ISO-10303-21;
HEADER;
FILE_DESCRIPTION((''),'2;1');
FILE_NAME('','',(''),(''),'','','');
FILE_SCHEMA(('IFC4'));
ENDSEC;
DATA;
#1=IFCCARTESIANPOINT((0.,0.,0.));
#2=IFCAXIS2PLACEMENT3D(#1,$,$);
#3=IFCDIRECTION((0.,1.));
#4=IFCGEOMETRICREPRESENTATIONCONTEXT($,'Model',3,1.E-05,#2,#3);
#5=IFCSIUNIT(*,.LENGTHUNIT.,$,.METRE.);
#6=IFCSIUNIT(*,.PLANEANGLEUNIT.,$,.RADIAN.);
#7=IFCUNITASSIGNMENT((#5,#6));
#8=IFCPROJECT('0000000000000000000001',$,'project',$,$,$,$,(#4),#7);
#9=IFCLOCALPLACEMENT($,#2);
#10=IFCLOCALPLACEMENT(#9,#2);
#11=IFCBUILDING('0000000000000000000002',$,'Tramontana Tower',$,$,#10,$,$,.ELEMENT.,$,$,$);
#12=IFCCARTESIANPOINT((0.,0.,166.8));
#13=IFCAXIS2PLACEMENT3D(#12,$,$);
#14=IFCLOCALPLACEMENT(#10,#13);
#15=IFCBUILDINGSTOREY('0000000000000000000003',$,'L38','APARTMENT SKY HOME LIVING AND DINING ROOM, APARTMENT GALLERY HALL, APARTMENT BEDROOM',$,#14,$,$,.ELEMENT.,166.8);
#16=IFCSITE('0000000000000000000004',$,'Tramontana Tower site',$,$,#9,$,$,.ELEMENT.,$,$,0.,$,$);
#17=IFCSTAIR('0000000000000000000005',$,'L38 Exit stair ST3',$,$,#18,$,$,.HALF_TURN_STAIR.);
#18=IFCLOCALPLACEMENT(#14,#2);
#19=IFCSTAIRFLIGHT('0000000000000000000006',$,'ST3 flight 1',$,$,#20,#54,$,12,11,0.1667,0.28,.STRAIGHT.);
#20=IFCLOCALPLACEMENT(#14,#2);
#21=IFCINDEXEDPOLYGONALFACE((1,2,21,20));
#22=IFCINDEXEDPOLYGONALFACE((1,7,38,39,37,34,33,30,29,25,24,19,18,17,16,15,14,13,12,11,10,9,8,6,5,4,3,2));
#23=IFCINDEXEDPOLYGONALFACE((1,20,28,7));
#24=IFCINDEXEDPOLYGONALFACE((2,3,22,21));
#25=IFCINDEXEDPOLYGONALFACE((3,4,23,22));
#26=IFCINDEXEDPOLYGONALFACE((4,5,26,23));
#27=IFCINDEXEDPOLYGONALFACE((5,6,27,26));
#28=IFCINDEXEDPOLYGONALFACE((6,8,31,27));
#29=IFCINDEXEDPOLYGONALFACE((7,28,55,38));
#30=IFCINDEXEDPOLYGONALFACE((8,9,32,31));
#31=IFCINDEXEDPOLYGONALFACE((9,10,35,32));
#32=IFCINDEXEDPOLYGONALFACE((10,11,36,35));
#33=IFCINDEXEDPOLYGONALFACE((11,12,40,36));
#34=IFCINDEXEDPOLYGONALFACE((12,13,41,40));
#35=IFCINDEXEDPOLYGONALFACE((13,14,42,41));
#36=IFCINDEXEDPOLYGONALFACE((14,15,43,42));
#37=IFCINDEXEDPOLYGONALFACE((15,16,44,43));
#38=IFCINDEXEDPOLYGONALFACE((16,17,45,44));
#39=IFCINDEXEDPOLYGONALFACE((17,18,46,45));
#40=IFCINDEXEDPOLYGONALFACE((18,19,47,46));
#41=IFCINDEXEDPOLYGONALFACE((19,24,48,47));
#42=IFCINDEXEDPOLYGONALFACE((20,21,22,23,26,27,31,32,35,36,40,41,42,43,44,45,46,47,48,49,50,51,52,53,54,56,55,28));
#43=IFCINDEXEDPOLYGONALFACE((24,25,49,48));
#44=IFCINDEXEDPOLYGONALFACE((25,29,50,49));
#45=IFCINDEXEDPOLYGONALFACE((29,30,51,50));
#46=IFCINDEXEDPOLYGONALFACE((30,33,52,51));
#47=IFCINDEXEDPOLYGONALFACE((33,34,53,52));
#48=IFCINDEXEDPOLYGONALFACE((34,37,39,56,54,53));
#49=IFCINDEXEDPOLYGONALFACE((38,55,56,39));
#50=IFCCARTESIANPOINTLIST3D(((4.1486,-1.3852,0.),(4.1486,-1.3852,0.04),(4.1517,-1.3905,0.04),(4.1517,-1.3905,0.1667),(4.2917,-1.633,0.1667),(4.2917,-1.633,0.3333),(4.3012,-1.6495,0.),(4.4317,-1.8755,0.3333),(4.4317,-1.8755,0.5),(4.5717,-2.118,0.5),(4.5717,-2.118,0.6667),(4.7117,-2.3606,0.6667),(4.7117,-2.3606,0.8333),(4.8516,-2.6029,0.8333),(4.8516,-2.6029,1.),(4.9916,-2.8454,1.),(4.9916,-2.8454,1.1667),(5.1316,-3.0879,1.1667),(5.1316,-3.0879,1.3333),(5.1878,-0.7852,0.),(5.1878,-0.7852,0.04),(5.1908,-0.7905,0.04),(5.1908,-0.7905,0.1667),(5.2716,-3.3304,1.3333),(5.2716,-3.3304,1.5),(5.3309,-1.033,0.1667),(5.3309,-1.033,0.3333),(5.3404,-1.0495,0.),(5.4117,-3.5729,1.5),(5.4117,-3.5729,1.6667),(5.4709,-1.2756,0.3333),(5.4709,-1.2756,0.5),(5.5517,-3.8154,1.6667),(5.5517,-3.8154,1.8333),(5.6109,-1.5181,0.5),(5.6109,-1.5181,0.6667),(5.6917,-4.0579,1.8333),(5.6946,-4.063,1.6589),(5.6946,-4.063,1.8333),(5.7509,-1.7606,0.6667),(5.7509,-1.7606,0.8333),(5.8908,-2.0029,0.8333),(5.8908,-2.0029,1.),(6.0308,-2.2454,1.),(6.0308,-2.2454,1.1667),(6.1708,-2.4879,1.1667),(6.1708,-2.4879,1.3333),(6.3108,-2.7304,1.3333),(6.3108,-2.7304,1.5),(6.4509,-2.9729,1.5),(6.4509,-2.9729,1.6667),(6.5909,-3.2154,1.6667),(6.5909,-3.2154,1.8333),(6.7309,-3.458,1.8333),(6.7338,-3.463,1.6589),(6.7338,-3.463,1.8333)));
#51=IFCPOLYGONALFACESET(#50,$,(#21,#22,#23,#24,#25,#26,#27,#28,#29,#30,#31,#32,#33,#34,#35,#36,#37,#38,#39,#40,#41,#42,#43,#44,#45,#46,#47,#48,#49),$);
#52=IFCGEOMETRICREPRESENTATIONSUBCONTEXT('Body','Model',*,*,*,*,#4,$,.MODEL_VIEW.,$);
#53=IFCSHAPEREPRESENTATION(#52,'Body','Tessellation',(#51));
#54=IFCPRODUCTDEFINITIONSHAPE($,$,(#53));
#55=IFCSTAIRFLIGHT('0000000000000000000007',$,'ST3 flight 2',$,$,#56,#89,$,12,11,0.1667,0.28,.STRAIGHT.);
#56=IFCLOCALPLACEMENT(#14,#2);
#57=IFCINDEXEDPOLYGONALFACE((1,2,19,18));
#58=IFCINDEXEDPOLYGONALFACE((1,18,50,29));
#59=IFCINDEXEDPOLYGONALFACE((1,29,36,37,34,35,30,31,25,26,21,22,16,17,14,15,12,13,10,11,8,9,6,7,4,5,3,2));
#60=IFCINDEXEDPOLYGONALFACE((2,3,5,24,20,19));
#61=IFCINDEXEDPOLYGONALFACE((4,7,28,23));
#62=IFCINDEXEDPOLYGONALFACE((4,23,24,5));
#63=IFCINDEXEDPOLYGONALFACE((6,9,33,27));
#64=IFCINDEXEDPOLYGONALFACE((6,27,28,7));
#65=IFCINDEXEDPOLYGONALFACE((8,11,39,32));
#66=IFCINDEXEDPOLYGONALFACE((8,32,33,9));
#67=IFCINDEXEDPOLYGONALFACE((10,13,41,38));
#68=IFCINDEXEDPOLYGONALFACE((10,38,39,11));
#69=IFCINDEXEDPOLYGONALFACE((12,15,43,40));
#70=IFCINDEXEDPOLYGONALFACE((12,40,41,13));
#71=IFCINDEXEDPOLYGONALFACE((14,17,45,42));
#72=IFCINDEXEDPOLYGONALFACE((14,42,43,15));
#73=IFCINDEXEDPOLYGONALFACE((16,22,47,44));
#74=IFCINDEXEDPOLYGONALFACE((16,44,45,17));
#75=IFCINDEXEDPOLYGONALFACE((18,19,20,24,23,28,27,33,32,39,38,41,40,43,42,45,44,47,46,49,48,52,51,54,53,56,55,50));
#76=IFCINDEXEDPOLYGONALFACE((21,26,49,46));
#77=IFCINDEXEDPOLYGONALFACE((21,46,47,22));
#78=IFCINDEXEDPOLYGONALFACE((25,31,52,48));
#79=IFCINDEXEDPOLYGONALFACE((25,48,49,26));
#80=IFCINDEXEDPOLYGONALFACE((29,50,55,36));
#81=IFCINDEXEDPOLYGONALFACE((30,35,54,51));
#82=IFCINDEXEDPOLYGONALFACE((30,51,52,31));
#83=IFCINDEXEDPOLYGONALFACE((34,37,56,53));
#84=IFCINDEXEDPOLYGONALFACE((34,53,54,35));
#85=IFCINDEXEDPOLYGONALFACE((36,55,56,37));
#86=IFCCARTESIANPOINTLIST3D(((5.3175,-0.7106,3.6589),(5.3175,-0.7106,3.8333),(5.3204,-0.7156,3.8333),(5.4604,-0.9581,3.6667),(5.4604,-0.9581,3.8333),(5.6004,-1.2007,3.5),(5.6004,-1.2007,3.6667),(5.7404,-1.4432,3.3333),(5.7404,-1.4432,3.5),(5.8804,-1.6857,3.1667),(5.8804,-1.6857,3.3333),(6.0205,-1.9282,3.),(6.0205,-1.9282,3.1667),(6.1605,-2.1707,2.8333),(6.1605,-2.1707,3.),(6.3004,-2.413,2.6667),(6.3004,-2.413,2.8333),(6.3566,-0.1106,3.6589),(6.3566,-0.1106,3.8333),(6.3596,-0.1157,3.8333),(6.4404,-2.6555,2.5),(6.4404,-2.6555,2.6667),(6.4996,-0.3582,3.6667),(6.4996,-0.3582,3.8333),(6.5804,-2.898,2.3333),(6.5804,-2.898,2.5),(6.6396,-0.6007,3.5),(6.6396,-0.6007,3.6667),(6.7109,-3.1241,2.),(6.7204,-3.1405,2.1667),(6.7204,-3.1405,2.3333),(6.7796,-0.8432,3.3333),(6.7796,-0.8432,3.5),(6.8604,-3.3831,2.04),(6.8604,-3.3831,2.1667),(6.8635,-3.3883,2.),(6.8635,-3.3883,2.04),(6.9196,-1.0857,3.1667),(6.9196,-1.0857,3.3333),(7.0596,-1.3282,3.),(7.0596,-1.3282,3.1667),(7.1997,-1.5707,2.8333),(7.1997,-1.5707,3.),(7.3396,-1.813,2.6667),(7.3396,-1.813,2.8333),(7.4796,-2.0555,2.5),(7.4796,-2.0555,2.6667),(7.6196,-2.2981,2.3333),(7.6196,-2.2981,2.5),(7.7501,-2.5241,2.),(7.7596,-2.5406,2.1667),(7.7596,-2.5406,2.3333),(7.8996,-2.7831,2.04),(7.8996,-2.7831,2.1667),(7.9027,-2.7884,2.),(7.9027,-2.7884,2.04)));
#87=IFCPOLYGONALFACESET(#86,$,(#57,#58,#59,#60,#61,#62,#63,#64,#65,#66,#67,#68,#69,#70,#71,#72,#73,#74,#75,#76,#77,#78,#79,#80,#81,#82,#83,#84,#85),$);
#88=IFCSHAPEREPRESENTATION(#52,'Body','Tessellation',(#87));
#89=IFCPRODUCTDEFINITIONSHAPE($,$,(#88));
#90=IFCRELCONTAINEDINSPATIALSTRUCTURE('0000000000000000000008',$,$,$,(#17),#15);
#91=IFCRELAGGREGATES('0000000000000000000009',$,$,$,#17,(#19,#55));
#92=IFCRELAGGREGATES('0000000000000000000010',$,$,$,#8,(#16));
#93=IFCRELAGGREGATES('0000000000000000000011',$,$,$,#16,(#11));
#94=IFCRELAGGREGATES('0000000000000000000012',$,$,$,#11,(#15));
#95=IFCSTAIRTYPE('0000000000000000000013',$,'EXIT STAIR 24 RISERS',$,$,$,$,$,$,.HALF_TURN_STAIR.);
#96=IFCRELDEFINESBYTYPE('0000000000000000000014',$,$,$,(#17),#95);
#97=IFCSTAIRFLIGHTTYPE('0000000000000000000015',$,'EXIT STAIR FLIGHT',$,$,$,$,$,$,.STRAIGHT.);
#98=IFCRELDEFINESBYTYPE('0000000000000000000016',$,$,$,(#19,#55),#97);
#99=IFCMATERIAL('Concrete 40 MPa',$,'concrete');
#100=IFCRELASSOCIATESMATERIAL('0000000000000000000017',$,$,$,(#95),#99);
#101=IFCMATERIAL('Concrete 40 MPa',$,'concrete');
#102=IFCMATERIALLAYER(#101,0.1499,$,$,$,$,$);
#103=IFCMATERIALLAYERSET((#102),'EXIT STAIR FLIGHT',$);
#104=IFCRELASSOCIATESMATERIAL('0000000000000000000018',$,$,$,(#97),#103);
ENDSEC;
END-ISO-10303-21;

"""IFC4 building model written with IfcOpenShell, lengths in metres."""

from ifc_helpers import new_model, si_unit, direction, frame, origin, place, context, subcontext, project, spatial, polyline, outline, extrude, material, layer, layer_set, type_object, element, aggregate, save


model = new_model("IFC4")

# Units and contexts
model_context = context("Model", 3, precision=1e-05, world=origin(), true_north=direction((0.0, 1.0)))
body_context = subcontext(model_context, "Body", "Model", "MODEL_VIEW")
ifc_project = project(units=[si_unit("LENGTHUNIT", "METRE"), si_unit("PLANEANGLEUNIT", "RADIAN")], contexts=[model_context])

# Site, building, storey
site_placement = place(None, origin())
site = spatial("IfcSite", under=ifc_project, at=site_placement, Name="Tramontana Tower site", CompositionType="ELEMENT", RefElevation=0.0)
building_placement = place(site_placement, origin())
building = spatial("IfcBuilding", under=site, at=building_placement, Name="Tramontana Tower", CompositionType="ELEMENT")
storey_placement = place(building_placement, frame((0.0, 0.0, 166.8)))
storey = spatial("IfcBuildingStorey", under=building, at=storey_placement, Name="L38", Description="APARTMENT SKY HOME LIVING AND DINING ROOM, APARTMENT GALLERY HALL, APARTMENT BEDROOM", CompositionType="ELEMENT", Elevation=166.8)

# Stair, stair flights
ifc_material_1 = material(Name="Concrete 40 MPa", Category="concrete")
stair_type = type_object("IfcStairType", Name="EXIT STAIR 24 RISERS", PredefinedType="HALF_TURN_STAIR", material=ifc_material_1)
stair_placement = place(storey_placement, origin())
stair = element("IfcStair", 1, at=stair_placement, inside=storey, type_object=stair_type, Name="L38 Exit stair ST3", PredefinedType="HALF_TURN_STAIR")
ifc_material_2 = material(Name="Concrete 40 MPa", Category="concrete")
ifc_layer_1 = layer(ifc_material_2, 0.1499)
ifc_layer_set_1 = layer_set([ifc_layer_1], Name="EXIT STAIR FLIGHT")
stair_flight_type = type_object("IfcStairFlightType", Name="EXIT STAIR FLIGHT", PredefinedType="STRAIGHT", material=ifc_layer_set_1)
stair_flight_1_placement = place(storey_placement, frame((4.6711, -1.0906, 0.0), z_axis=(0.0, 0.0, 1.0), x_axis=(0.5, -0.866025, 0.0)))
stair_flight_1 = element("IfcStairFlight", 2, at=stair_flight_1_placement, type_object=stair_flight_type, Name="ST3 flight 1", NumberOfRisers=12, NumberOfTreads=11, PredefinedType="STRAIGHT", RiserHeight=0.1667, TreadLength=0.28, context=body_context, shape_type="SweptSolid", body=[
    extrude(outline(polyline([(-0.0061, 0.0), (-0.0061, 0.04), (0.0, 0.04), (0.0, 0.1667), (0.28, 0.1667), (0.28, 0.3333), (0.5601, 0.3333), (0.5601, 0.5), (0.8401, 0.5), (0.8401, 0.6667), (1.1201, 0.6667), (1.1201, 0.8333), (1.3999, 0.8333), (1.3999, 1.0), (1.6799, 1.0), (1.6799, 1.1667), (1.96, 1.1667), (1.96, 1.3333), (2.24, 1.3333), (2.24, 1.5), (2.52, 1.5), (2.52, 1.6667), (2.8, 1.6667), (2.8, 1.8333), (3.0801, 1.8333), (3.0859, 1.8333), (3.0859, 1.6589), (0.2991, 0.0), (-0.0061, 0.0)])), frame((0.0, 0.6001, 0.0), z_axis=(0.0, -1.0, 0.0), x_axis=(1.0, 0.0, 0.0)), (0.0, 0.0, 1.0), 1.2),
])
stair_flight_2_placement = place(storey_placement, frame((7.3801, -3.083, 2.0), z_axis=(0.0, 0.0, 1.0), x_axis=(-0.5, 0.866025, 0.0)))
stair_flight_2 = element("IfcStairFlight", 3, at=stair_flight_2_placement, type_object=stair_flight_type, Name="ST3 flight 2", NumberOfRisers=12, NumberOfTreads=11, PredefinedType="STRAIGHT", RiserHeight=0.1667, TreadLength=0.28, context=body_context, shape_type="SweptSolid", body=[
    extrude(outline(polyline([(-0.0061, 0.0), (-0.0061, 0.04), (0.0, 0.04), (0.0, 0.1667), (0.28, 0.1667), (0.28, 0.3333), (0.5601, 0.3333), (0.5601, 0.5), (0.8401, 0.5), (0.8401, 0.6667), (1.1201, 0.6667), (1.1201, 0.8333), (1.3999, 0.8333), (1.3999, 1.0), (1.6799, 1.0), (1.6799, 1.1667), (1.96, 1.1667), (1.96, 1.3333), (2.24, 1.3333), (2.24, 1.5), (2.52, 1.5), (2.52, 1.6667), (2.8, 1.6667), (2.8, 1.8333), (3.0801, 1.8333), (3.0859, 1.8333), (3.0859, 1.6589), (0.2991, 0.0), (-0.0061, 0.0)])), frame((0.0, 0.6001, 0.0), z_axis=(0.0, -1.0, 0.0), x_axis=(1.0, 0.0, 0.0)), (0.0, 0.0, 1.0), 1.2),
])
aggregate(stair, [stair_flight_1, stair_flight_2])

save(model, "model.ifc")
